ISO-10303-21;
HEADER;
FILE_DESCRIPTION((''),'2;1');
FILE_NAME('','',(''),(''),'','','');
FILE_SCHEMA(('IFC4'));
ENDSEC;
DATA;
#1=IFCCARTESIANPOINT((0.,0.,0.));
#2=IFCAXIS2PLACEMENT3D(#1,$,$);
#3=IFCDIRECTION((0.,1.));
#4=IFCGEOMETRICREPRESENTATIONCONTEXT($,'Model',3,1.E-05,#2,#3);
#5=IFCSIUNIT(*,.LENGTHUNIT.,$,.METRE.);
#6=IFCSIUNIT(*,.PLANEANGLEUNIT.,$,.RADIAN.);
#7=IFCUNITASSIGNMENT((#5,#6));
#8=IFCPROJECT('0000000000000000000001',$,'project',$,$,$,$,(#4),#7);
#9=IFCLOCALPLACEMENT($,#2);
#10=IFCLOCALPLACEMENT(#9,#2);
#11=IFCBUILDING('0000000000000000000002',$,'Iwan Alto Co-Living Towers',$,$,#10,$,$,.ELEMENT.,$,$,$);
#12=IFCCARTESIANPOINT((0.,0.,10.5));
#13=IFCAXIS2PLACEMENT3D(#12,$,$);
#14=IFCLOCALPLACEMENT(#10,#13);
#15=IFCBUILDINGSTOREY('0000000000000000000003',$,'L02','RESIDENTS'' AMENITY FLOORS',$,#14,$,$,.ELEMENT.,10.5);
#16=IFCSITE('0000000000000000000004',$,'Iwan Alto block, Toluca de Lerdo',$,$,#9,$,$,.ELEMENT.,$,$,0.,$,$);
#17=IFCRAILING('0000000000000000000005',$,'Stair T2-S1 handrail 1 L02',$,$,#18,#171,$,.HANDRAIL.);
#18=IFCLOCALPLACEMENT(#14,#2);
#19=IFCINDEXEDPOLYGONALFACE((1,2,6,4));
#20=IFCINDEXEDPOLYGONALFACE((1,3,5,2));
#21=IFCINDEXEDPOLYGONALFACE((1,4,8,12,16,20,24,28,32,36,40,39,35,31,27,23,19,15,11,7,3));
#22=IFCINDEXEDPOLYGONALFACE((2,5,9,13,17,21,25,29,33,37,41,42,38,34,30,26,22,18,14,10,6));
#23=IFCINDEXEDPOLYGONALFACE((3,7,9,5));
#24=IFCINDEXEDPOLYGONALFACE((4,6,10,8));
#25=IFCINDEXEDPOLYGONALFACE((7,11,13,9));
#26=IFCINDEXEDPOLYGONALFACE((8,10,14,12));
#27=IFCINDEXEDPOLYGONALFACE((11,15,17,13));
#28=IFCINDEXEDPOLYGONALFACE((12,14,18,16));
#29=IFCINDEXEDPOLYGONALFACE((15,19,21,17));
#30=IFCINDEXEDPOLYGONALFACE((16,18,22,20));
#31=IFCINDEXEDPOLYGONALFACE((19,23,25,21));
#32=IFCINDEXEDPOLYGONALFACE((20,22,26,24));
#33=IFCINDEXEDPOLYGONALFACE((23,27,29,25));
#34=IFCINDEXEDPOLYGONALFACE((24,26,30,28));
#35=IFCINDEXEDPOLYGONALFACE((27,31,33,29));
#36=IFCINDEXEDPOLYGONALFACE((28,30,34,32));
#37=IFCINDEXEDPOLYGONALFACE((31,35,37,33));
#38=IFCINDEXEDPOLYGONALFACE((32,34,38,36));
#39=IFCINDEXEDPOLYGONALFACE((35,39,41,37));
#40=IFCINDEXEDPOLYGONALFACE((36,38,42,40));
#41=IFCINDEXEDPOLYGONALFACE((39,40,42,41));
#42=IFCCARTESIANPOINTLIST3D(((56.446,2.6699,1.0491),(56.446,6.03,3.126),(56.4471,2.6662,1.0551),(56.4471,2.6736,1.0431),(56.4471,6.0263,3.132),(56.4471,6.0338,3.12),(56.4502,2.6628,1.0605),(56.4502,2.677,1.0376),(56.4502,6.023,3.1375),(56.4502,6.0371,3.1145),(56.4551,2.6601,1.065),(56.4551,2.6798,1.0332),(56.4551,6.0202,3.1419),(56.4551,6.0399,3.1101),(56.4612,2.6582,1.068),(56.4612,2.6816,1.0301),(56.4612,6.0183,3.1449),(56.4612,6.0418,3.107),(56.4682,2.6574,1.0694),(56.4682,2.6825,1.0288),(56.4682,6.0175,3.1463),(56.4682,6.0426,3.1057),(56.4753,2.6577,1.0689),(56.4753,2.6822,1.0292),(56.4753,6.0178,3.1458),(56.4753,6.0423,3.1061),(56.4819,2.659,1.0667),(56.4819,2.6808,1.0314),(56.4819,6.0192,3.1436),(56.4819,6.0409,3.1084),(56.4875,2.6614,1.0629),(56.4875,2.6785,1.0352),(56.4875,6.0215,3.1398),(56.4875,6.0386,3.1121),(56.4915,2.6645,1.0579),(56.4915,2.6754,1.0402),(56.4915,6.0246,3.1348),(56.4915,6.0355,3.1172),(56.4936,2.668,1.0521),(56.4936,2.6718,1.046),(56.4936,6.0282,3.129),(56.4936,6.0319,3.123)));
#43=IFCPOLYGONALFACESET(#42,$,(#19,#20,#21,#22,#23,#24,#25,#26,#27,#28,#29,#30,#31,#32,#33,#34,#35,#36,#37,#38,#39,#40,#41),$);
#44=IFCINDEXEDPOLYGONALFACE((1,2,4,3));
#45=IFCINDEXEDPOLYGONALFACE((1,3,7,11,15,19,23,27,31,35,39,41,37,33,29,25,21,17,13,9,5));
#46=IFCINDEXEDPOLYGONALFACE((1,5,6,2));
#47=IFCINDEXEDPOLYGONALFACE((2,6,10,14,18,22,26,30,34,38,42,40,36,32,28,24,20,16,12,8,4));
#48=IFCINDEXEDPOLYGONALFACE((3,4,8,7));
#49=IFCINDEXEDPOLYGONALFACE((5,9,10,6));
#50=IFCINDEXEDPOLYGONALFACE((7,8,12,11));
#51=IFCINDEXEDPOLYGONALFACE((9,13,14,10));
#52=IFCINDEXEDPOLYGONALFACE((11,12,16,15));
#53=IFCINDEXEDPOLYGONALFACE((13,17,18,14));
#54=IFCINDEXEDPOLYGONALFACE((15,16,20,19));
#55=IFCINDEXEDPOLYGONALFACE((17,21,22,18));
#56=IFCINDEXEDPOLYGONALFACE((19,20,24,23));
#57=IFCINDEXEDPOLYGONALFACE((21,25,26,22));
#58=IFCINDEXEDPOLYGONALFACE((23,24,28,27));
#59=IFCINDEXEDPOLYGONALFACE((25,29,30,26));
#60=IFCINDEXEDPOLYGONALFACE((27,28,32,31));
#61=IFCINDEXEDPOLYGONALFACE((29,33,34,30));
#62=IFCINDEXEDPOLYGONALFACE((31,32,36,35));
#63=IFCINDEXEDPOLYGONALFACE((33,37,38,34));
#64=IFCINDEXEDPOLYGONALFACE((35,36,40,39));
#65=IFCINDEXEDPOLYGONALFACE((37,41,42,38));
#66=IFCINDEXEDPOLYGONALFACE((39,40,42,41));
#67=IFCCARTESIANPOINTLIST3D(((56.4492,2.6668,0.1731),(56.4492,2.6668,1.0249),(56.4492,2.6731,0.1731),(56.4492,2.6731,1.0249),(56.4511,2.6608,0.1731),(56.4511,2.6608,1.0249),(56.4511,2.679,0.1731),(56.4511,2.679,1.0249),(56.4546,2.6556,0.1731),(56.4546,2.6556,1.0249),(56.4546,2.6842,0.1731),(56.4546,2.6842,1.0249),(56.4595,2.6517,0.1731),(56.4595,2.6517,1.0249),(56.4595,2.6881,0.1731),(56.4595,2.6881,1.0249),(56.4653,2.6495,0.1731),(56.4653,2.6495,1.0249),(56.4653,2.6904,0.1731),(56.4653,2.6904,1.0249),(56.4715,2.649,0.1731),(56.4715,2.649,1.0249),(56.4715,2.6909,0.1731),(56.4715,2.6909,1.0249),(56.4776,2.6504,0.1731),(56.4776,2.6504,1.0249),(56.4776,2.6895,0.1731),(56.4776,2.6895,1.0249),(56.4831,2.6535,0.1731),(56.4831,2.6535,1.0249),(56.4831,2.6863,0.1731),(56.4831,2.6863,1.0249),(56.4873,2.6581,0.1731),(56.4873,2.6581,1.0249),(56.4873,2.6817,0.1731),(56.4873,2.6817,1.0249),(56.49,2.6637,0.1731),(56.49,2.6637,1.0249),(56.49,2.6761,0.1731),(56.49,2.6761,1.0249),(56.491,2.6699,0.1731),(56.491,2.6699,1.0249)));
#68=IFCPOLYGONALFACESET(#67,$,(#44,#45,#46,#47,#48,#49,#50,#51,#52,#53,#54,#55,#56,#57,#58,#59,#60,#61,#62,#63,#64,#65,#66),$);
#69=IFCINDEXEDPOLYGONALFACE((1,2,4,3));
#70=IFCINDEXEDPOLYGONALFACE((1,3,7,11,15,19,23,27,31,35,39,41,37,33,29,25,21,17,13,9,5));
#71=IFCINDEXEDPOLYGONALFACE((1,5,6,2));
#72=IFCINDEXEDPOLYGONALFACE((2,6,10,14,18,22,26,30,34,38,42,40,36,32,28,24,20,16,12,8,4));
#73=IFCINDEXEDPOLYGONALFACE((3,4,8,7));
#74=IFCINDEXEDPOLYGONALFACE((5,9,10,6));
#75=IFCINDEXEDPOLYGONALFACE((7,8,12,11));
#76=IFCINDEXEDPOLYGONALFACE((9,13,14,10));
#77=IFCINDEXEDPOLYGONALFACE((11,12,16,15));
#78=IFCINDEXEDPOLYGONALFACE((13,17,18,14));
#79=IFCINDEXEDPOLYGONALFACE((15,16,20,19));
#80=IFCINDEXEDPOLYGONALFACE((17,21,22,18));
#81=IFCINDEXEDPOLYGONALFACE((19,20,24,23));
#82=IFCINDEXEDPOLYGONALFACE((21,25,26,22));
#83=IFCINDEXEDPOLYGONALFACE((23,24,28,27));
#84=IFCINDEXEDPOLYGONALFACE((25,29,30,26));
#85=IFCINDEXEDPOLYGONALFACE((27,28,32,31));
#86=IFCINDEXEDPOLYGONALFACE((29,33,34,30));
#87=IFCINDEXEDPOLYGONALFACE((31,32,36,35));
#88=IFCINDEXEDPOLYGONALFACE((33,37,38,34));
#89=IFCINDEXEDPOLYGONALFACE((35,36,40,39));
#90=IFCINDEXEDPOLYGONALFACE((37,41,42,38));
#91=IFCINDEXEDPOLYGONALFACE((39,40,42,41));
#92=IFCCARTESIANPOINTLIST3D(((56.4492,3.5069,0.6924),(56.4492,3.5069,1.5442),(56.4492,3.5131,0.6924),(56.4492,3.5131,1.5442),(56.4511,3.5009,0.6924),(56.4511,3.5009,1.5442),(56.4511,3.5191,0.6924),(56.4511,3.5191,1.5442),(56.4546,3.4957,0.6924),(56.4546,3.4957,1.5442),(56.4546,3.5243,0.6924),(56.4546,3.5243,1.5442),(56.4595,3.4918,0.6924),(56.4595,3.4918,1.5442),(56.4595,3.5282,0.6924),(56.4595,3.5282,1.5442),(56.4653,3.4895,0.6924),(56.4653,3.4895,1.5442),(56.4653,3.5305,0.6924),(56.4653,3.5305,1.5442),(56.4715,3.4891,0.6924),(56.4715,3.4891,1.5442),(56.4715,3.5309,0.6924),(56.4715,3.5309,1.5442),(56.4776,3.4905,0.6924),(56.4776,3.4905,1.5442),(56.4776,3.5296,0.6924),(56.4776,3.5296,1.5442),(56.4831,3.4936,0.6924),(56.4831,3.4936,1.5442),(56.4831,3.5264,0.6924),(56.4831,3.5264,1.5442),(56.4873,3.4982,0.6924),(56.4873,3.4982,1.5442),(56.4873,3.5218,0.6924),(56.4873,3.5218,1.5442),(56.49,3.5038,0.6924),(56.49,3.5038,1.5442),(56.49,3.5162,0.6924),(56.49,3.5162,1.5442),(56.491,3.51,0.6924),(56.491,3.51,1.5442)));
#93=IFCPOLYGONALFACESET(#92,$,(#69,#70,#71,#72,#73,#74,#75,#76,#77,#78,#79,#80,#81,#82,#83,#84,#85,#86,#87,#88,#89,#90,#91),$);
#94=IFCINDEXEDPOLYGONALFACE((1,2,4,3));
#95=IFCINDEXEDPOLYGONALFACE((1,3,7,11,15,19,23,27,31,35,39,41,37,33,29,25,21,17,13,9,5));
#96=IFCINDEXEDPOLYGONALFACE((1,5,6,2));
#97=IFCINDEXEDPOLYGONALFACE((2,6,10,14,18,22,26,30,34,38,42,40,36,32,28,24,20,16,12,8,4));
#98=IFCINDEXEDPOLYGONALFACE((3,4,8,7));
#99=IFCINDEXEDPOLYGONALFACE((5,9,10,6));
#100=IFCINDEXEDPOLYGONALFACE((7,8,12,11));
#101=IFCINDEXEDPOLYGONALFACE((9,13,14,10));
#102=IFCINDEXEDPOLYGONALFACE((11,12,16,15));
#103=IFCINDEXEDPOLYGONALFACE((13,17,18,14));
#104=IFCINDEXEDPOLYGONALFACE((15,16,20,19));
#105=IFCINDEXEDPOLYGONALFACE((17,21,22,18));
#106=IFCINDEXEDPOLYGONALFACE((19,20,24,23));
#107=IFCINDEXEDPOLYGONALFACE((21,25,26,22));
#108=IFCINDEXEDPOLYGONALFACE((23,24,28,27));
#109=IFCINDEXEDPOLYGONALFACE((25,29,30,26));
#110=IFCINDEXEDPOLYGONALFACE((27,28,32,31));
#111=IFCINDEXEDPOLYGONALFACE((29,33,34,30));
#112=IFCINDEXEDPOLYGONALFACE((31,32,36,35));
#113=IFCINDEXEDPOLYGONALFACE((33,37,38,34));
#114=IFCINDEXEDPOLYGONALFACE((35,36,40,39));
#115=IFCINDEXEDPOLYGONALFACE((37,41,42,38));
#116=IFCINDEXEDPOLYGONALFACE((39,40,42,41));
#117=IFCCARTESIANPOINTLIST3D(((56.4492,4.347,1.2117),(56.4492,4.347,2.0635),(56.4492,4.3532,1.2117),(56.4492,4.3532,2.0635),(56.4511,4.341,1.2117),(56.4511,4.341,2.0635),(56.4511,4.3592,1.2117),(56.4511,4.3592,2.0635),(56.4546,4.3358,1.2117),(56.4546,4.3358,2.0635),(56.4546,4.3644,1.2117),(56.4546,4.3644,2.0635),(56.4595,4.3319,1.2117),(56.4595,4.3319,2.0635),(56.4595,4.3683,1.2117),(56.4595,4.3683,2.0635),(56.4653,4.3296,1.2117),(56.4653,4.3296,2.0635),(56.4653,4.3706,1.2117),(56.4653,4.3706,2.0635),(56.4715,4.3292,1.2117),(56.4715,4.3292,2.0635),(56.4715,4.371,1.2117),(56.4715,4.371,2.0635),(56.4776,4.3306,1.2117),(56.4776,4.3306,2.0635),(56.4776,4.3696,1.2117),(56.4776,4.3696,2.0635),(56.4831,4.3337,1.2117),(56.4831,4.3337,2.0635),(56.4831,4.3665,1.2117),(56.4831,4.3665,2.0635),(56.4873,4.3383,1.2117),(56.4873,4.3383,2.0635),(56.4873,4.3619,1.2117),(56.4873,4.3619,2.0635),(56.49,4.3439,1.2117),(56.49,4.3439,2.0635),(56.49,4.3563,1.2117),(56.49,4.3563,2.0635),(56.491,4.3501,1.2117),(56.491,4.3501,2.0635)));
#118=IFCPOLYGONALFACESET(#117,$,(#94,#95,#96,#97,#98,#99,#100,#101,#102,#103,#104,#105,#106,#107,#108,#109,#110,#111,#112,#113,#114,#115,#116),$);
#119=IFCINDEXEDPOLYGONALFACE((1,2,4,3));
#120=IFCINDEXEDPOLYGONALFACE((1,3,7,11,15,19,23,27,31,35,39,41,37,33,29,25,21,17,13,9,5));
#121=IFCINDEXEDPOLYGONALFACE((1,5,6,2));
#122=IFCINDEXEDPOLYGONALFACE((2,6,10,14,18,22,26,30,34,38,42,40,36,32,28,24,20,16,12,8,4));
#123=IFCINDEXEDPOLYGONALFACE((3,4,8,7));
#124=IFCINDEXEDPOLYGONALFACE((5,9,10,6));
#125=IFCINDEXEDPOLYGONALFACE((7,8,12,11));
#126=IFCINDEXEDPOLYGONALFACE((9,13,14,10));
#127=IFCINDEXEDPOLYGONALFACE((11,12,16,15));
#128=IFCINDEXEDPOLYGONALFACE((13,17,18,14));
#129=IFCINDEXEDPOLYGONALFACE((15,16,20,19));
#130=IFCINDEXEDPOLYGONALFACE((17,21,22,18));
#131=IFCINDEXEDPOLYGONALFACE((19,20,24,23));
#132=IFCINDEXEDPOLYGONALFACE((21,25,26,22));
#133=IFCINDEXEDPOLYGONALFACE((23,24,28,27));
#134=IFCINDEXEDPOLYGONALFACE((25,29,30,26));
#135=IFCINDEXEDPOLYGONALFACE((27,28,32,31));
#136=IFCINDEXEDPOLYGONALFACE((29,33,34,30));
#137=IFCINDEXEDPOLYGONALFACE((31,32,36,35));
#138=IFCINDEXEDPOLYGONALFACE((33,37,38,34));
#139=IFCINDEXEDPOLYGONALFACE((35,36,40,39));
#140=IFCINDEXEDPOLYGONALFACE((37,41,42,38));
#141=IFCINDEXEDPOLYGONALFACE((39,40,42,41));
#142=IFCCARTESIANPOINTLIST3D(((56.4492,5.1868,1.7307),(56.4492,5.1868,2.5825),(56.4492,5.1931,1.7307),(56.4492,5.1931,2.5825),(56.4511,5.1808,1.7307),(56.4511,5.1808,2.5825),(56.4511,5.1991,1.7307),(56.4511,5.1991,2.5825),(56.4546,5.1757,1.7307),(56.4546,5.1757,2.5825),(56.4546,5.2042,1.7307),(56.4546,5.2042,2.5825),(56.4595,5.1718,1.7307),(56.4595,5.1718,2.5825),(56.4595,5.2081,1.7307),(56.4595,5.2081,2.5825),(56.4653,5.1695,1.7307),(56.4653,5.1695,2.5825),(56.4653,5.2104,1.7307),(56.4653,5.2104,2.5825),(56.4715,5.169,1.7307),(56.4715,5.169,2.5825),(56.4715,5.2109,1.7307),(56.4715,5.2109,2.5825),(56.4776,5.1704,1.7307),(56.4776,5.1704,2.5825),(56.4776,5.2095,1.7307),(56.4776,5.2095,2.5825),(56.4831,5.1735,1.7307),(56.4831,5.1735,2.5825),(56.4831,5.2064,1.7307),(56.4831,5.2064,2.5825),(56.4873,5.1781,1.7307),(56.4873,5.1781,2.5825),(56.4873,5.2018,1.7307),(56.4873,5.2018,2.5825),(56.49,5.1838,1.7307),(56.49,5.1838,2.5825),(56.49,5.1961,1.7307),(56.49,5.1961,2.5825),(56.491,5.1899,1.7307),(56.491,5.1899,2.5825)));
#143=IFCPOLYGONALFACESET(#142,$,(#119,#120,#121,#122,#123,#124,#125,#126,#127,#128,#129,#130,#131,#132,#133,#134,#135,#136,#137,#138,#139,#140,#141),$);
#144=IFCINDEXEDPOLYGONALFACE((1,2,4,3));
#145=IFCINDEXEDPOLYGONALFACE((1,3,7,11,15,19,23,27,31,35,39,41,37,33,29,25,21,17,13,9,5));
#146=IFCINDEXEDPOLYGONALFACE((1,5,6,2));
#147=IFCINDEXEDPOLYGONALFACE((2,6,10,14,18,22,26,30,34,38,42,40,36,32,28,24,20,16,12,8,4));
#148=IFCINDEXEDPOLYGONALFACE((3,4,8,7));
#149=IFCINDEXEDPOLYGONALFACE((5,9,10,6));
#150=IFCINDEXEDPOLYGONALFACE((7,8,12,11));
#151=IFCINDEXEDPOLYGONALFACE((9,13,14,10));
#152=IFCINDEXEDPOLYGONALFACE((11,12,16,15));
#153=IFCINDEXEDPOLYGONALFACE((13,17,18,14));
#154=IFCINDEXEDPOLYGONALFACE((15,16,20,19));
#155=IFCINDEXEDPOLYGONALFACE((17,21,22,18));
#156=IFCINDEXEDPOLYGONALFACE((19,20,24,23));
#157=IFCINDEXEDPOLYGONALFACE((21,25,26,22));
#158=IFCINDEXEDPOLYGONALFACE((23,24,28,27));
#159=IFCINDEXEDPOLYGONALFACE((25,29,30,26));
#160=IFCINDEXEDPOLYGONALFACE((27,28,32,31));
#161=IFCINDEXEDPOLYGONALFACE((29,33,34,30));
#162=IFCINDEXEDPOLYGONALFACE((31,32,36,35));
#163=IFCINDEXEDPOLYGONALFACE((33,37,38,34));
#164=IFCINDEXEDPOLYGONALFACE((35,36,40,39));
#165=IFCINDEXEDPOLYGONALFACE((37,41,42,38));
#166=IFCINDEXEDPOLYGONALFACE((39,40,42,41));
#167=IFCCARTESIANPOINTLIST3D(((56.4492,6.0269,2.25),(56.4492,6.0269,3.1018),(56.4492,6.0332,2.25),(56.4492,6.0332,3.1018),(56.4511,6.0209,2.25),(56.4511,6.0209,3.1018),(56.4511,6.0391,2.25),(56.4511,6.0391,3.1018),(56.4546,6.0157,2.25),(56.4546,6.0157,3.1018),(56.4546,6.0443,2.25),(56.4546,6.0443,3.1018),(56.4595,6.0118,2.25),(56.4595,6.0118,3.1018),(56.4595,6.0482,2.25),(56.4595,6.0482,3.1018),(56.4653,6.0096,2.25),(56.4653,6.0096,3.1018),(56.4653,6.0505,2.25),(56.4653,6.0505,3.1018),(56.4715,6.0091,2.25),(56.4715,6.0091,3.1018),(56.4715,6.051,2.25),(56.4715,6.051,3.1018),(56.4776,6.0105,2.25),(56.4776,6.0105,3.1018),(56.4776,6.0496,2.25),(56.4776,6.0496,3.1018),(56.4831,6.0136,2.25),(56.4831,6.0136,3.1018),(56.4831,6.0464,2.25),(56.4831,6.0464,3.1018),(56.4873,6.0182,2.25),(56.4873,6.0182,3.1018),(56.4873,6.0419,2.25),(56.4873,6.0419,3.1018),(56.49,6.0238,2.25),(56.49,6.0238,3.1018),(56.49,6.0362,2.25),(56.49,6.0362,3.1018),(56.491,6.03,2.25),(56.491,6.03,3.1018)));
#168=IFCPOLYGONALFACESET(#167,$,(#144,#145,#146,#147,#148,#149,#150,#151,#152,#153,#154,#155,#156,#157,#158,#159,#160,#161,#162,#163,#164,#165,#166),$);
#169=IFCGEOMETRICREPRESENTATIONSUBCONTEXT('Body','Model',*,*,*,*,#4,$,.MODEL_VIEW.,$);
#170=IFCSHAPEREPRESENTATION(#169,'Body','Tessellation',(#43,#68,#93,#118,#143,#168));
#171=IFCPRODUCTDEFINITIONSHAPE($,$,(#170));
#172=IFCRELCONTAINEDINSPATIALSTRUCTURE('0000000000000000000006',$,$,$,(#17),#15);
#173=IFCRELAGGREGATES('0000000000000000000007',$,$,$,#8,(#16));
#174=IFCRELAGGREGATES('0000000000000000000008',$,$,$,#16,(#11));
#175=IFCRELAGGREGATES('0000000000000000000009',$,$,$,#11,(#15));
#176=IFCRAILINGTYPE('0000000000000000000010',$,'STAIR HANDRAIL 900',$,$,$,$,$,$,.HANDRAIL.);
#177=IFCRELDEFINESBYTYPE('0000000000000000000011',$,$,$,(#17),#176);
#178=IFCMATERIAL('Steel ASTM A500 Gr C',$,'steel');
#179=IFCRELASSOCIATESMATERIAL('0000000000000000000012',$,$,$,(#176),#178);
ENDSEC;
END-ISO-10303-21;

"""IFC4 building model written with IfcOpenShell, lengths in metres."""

from ifc_helpers import new_model, si_unit, direction, frame, origin, origin_2d, place, context, subcontext, project, spatial, circle, extrude, material, type_object, element, save


model = new_model("IFC4")

# Units and contexts
model_context = context("Model", 3, precision=1e-05, world=origin(), true_north=direction((0.0, 1.0)))
body_context = subcontext(model_context, "Body", "Model", "MODEL_VIEW")
ifc_project = project(units=[si_unit("LENGTHUNIT", "METRE"), si_unit("PLANEANGLEUNIT", "RADIAN")], contexts=[model_context])

# Site, building, storey
site_placement = place(None, origin())
site = spatial("IfcSite", under=ifc_project, at=site_placement, Name="Iwan Alto block, Toluca de Lerdo", CompositionType="ELEMENT", RefElevation=0.0)
building_placement = place(site_placement, origin())
building = spatial("IfcBuilding", under=site, at=building_placement, Name="Iwan Alto Co-Living Towers", CompositionType="ELEMENT")
storey_placement = place(building_placement, frame((0.0, 0.0, 10.5)))
storey = spatial("IfcBuildingStorey", under=building, at=storey_placement, Name="L02", Description="RESIDENTS' AMENITY FLOORS", CompositionType="ELEMENT", Elevation=10.5)

# Railing
ifc_material_1 = material(Name="Steel ASTM A500 Gr C", Category="steel")
railing_type_1 = type_object("IfcRailingType", Name="STAIR HANDRAIL 900", PredefinedType="HANDRAIL", material=ifc_material_1)
railing_1_placement = place(storey_placement, frame((56.47, 2.6699, 0.1731)))
element("IfcRailing", 1, at=railing_1_placement, inside=storey, type_object=railing_type_1, Name="Stair T2-S1 handrail 1 L02", PredefinedType="HANDRAIL", context=body_context, shape_type="SweptSolid", body=[
    extrude(circle(Radius=0.0239, at=origin_2d()), frame((0.0, 0.0, 0.876), z_axis=(0.0, 0.850623, 0.525776), x_axis=(-1.0, 0.0, 0.0)), (0.0, 0.0, 1.0), 3.9502),
    extrude(circle(Radius=0.021, at=origin_2d()), origin(), (0.0, 0.0, 1.0), 0.8518),
    extrude(circle(Radius=0.021, at=origin_2d()), frame((0.0, 0.8401, 0.5193)), (0.0, 0.0, 1.0), 0.8518),
    extrude(circle(Radius=0.021, at=origin_2d()), frame((0.0, 1.6802, 1.0386)), (0.0, 0.0, 1.0), 0.8518),
    extrude(circle(Radius=0.021, at=origin_2d()), frame((0.0, 2.52, 1.5576)), (0.0, 0.0, 1.0), 0.8518),
    extrude(circle(Radius=0.021, at=origin_2d()), frame((0.0, 3.3601, 2.0769)), (0.0, 0.0, 1.0), 0.8518),
])

save(model, "model.ifc")
